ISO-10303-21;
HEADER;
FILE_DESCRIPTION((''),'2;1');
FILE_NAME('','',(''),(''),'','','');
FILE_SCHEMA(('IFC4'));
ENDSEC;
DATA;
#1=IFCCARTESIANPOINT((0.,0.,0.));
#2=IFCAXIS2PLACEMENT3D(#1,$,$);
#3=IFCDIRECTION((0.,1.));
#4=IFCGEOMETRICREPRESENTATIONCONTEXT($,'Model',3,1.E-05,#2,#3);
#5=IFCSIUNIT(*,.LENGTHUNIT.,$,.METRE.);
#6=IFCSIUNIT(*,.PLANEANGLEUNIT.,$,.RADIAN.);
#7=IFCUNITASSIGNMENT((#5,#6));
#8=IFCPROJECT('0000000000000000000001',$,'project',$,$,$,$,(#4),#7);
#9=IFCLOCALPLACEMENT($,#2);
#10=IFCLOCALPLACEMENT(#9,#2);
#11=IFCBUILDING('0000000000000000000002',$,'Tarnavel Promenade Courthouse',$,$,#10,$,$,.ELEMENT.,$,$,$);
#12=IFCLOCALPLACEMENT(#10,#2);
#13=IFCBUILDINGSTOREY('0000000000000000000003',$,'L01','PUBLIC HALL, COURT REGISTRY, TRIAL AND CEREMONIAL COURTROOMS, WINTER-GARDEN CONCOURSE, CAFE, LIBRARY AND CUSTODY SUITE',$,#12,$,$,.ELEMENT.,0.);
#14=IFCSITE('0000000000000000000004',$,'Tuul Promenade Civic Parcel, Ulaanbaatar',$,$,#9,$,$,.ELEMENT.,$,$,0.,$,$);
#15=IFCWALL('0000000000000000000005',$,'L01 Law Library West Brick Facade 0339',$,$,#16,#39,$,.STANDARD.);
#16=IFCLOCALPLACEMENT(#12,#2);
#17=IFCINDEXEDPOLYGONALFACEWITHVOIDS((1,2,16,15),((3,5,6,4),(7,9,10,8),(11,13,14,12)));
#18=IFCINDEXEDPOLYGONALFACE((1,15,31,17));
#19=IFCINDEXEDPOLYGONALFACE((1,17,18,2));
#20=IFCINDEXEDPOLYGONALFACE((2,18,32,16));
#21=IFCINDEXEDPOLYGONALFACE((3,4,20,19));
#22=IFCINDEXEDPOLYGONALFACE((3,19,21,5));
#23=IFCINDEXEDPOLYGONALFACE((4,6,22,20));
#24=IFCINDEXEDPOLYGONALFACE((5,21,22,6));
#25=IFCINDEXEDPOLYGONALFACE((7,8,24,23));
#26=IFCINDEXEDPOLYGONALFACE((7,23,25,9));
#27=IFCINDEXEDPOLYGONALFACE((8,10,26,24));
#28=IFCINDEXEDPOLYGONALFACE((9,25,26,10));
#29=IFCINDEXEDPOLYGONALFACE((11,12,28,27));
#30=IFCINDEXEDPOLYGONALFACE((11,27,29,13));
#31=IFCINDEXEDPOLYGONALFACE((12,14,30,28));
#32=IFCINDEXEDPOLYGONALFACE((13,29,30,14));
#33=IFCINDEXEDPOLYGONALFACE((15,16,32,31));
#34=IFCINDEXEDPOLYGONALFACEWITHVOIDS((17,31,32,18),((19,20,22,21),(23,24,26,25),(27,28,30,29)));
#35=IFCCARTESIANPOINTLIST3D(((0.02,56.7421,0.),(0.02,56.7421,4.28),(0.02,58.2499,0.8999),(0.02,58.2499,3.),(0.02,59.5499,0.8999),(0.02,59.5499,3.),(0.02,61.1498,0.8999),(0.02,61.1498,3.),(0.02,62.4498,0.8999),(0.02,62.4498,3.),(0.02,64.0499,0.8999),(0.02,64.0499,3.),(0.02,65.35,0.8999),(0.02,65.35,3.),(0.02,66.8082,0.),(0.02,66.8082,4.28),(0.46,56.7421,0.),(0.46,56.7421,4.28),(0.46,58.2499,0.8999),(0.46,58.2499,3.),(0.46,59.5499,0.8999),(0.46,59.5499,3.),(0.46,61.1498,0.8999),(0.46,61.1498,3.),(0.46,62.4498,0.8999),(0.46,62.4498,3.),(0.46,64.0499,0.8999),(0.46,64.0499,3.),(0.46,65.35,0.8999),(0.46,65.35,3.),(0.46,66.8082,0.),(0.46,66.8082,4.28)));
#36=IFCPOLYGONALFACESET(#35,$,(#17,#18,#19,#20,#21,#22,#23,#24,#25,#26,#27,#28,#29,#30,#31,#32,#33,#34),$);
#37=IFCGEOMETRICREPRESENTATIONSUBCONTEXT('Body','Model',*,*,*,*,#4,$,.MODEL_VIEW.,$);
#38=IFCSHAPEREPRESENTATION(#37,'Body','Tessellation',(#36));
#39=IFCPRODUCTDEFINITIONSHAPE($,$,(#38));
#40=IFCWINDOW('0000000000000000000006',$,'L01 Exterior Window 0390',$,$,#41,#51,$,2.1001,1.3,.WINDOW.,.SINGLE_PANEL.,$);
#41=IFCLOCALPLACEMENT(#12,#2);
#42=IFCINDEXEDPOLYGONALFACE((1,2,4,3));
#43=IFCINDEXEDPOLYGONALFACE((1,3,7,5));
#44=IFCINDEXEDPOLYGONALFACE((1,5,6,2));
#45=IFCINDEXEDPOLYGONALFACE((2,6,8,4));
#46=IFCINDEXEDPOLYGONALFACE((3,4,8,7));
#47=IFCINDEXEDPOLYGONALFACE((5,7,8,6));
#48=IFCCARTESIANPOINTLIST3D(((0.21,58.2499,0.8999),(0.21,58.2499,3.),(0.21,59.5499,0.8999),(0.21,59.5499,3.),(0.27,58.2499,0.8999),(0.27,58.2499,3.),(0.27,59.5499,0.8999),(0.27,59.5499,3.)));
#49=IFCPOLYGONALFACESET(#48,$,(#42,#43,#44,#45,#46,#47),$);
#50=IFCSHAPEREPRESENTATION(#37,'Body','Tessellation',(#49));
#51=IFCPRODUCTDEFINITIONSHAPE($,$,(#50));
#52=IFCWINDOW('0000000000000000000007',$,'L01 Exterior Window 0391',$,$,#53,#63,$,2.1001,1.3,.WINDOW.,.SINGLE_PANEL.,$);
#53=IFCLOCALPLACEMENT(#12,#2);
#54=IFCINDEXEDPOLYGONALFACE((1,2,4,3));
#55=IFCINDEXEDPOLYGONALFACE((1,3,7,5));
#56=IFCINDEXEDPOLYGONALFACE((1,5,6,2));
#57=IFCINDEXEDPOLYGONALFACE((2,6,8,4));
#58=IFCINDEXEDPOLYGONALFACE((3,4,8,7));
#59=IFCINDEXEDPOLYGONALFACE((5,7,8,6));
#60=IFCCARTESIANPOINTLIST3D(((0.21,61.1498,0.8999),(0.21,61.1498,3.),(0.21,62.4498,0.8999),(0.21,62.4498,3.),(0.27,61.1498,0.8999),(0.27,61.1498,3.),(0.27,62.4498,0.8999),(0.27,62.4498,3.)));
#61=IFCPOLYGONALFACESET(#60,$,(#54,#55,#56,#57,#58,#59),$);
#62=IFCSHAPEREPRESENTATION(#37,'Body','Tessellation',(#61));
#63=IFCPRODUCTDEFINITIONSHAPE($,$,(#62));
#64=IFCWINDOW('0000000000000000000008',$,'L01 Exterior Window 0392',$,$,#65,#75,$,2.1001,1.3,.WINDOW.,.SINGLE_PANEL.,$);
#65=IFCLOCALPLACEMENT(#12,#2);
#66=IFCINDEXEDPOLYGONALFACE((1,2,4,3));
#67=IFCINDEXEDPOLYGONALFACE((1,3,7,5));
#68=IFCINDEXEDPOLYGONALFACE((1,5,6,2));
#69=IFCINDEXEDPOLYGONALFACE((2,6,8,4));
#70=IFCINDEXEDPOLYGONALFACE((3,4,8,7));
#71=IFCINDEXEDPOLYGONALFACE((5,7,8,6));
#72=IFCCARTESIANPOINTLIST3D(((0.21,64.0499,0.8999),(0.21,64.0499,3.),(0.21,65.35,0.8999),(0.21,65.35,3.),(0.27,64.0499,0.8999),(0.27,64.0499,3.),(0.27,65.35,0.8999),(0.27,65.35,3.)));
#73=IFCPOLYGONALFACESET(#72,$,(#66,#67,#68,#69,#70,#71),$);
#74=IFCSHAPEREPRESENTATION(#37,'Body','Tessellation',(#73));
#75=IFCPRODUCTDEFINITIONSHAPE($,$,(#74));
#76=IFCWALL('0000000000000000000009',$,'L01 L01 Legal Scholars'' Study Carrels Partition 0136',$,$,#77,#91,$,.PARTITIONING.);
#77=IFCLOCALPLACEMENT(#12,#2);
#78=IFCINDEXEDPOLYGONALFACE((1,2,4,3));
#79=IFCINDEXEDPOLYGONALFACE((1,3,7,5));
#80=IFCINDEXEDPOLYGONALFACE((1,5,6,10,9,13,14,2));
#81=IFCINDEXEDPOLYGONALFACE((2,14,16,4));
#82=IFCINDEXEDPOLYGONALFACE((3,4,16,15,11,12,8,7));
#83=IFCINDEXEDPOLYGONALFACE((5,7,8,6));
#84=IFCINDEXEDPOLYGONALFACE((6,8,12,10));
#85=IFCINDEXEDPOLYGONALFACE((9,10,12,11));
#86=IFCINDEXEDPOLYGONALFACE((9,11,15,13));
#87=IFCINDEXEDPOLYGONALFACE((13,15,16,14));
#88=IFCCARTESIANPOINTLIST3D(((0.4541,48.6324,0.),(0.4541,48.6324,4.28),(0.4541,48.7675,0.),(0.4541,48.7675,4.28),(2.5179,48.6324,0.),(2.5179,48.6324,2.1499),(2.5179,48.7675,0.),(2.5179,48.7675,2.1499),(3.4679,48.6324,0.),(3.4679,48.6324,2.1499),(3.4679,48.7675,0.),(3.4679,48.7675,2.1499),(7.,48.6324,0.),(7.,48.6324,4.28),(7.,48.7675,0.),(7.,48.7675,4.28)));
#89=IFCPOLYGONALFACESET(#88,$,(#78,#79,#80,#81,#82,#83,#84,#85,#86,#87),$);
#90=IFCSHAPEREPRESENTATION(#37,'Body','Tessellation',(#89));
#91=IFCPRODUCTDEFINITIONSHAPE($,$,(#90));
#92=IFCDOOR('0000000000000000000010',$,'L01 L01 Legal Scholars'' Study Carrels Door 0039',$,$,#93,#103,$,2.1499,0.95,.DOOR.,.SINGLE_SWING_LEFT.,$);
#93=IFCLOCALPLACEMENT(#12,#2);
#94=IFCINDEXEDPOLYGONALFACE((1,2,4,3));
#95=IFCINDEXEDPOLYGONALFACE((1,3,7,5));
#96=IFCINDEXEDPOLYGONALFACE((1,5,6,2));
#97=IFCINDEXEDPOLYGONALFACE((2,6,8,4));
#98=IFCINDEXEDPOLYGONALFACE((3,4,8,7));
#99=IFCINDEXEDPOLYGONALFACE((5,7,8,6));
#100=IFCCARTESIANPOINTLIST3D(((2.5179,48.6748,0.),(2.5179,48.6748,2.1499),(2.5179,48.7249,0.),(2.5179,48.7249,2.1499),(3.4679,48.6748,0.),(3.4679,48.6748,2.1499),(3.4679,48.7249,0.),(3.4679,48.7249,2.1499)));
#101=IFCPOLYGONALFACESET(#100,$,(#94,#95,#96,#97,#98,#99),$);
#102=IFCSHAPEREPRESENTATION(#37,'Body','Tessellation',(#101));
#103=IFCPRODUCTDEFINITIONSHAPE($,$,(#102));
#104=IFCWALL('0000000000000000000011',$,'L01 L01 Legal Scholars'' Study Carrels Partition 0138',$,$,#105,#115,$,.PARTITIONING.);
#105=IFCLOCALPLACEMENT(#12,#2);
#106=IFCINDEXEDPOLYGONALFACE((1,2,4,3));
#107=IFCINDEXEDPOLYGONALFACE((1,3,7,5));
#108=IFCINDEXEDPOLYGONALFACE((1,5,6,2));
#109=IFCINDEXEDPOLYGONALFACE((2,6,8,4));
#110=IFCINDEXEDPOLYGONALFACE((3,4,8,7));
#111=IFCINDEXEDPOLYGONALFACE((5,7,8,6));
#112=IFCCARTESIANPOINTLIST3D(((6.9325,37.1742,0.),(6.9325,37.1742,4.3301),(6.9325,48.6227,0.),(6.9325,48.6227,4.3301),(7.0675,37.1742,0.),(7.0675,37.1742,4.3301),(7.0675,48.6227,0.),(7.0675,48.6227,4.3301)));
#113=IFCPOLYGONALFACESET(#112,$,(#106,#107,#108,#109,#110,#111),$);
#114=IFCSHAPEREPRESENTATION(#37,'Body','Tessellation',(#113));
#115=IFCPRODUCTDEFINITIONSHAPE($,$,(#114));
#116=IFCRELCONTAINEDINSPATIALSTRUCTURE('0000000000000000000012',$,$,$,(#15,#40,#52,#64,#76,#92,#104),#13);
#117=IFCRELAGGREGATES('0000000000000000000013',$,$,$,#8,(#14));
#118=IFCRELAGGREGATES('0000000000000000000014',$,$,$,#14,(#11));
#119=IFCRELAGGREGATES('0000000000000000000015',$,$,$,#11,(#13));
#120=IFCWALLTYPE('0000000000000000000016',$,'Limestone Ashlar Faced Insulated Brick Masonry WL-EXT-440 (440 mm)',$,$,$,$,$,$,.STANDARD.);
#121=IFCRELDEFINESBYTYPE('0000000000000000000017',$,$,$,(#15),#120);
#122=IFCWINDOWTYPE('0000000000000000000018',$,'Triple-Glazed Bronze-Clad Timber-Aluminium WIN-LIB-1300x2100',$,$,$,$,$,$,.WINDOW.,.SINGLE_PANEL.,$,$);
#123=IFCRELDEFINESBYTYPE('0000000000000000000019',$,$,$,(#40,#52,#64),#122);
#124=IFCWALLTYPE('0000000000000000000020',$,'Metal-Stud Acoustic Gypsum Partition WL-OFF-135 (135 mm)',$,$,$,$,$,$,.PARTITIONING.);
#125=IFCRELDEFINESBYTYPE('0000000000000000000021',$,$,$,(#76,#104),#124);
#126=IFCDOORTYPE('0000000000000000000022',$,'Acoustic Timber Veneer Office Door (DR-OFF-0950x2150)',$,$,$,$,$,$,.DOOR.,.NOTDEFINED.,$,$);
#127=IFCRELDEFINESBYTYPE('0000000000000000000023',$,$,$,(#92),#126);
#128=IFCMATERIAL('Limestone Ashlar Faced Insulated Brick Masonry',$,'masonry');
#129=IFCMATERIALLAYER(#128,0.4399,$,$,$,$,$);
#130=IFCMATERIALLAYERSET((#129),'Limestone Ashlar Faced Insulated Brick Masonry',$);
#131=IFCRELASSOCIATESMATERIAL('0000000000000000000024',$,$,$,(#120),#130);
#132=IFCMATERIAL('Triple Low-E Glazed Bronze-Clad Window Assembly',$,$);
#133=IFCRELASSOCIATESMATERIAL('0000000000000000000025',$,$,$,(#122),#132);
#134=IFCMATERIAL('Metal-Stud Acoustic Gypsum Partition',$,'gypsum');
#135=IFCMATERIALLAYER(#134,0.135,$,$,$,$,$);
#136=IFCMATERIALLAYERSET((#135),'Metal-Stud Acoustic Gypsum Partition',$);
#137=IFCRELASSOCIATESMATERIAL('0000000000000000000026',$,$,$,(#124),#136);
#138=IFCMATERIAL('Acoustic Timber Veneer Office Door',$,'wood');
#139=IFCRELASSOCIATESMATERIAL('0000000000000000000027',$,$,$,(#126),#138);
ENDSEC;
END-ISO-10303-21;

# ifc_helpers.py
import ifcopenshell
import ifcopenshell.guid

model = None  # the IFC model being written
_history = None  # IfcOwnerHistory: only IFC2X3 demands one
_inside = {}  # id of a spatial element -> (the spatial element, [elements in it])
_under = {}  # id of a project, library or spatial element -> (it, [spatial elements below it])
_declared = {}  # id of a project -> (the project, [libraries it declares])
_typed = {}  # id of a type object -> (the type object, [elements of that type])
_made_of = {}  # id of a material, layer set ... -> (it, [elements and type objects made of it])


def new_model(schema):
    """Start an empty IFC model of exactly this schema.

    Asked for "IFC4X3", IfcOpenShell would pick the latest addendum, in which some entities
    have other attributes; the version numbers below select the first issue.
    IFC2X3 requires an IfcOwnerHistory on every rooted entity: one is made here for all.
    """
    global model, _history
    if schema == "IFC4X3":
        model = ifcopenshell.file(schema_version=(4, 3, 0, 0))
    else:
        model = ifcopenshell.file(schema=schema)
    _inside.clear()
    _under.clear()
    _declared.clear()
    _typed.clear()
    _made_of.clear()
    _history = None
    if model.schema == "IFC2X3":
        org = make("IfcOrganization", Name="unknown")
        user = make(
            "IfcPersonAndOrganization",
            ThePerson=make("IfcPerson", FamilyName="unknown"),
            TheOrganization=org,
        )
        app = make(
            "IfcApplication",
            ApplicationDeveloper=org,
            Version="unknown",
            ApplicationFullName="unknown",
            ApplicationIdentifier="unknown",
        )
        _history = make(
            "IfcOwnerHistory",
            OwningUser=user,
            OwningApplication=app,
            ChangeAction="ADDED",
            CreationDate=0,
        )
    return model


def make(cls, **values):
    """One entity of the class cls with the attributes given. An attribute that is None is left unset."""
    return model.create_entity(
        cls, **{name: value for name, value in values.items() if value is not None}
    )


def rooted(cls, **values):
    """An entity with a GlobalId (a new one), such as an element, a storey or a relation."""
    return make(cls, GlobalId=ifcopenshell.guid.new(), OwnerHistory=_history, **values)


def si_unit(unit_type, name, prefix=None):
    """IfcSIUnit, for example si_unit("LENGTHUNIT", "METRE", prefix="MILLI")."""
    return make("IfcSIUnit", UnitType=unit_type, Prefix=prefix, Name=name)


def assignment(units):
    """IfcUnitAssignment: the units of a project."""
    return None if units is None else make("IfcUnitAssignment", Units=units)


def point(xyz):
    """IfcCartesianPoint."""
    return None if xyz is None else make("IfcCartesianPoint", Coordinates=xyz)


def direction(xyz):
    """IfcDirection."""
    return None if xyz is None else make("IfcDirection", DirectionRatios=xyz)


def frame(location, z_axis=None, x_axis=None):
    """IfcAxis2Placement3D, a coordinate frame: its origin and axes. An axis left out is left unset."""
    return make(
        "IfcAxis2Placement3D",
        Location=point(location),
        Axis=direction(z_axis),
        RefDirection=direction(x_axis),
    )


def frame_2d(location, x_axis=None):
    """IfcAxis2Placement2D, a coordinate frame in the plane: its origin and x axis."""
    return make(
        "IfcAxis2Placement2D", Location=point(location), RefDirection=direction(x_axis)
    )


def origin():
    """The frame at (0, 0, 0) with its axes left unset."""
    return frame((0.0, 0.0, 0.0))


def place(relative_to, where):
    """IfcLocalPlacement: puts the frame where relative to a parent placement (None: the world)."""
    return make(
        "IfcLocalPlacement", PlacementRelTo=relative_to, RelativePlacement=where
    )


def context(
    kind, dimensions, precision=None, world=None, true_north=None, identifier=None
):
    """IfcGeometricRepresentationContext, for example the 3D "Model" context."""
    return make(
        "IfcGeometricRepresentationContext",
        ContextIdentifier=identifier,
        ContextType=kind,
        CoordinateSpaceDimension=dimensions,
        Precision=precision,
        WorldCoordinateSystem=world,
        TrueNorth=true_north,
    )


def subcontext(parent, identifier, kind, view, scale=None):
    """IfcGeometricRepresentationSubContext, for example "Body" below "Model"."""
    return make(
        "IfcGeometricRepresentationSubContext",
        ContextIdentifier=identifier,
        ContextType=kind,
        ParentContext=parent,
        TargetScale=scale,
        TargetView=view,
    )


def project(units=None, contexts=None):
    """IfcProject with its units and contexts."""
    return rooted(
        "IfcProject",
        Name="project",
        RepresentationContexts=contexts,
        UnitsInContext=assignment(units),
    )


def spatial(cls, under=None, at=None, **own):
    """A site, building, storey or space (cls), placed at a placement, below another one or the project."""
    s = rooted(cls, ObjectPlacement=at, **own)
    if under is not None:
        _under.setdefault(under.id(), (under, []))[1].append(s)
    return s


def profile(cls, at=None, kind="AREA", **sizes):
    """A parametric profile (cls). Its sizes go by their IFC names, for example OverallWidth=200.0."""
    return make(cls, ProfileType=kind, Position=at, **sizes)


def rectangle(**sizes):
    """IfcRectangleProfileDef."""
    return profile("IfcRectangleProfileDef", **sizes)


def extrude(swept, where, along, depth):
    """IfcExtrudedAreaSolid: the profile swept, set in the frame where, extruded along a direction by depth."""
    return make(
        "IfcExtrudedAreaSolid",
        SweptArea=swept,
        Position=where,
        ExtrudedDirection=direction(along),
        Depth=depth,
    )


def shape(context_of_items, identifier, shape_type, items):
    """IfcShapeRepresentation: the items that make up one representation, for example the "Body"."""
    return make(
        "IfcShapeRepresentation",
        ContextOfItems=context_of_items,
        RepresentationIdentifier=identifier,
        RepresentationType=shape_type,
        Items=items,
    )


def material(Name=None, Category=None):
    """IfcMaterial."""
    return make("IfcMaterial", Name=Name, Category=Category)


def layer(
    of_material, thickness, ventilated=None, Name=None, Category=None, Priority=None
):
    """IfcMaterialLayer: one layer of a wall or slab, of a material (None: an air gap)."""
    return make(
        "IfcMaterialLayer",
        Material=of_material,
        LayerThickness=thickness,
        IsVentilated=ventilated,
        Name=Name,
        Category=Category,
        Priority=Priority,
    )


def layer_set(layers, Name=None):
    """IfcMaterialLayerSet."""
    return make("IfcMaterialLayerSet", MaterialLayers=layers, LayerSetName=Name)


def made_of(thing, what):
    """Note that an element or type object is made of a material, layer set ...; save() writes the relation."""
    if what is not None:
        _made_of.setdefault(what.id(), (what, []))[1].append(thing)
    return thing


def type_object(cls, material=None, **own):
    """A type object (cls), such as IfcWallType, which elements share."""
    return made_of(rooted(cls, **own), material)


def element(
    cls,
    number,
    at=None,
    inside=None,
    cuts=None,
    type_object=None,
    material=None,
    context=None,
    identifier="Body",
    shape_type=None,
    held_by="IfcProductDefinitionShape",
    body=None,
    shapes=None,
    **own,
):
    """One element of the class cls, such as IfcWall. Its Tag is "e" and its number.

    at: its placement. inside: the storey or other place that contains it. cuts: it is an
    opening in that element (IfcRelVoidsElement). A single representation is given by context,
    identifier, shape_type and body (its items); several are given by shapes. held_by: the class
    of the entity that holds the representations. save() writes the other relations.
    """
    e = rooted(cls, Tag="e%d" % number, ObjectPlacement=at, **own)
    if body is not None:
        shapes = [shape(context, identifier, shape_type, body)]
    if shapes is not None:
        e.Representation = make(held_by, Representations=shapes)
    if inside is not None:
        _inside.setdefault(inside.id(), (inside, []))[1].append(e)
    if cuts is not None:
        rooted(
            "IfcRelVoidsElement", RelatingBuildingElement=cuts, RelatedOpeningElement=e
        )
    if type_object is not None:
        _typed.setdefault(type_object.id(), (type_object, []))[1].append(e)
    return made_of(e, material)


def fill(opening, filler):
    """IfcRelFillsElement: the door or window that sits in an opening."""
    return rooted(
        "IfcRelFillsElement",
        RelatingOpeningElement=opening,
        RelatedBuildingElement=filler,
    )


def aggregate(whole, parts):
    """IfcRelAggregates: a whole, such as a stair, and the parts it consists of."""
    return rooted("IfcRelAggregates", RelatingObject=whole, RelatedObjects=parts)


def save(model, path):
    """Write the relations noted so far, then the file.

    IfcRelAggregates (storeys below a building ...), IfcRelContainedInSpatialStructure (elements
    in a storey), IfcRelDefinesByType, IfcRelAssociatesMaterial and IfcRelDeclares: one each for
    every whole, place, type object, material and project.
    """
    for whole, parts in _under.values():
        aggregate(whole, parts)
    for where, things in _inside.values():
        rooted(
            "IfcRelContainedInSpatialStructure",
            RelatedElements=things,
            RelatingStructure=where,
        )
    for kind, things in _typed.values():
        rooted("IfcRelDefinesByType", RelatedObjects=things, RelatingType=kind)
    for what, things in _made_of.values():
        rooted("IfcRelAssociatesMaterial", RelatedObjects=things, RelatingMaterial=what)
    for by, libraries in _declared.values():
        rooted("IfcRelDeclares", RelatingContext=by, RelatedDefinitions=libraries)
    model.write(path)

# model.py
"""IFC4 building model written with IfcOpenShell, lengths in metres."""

from ifc_helpers import new_model, si_unit, direction, frame, frame_2d, origin, place, context, subcontext, project, spatial, rectangle, extrude, material, layer, layer_set, type_object, element, fill, save


model = new_model("IFC4")

# Units and contexts
model_context = context("Model", 3, precision=1e-05, world=origin(), true_north=direction((0.0, 1.0)))
body_context = subcontext(model_context, "Body", "Model", "MODEL_VIEW")
ifc_project = project(units=[si_unit("LENGTHUNIT", "METRE"), si_unit("PLANEANGLEUNIT", "RADIAN")], contexts=[model_context])

# Site, building, storey
site_placement = place(None, origin())
site = spatial("IfcSite", under=ifc_project, at=site_placement, Name="Tuul Promenade Civic Parcel, Ulaanbaatar", CompositionType="ELEMENT", RefElevation=0.0)
building_placement = place(site_placement, origin())
building = spatial("IfcBuilding", under=site, at=building_placement, Name="Tarnavel Promenade Courthouse", CompositionType="ELEMENT")
storey_placement = place(building_placement, origin())
storey = spatial("IfcBuildingStorey", under=building, at=storey_placement, Name="L01", Description="PUBLIC HALL, COURT REGISTRY, TRIAL AND CEREMONIAL COURTROOMS, WINTER-GARDEN CONCOURSE, CAFE, LIBRARY AND CUSTODY SUITE", CompositionType="ELEMENT", Elevation=0.0)

# Shared definitions
ifc_material_1 = material(Name="Limestone Ashlar Faced Insulated Brick Masonry", Category="masonry")
ifc_layer_1 = layer(ifc_material_1, 0.4399)
ifc_layer_set_1 = layer_set([ifc_layer_1], Name="Limestone Ashlar Faced Insulated Brick Masonry")
wall_type_1 = type_object("IfcWallType", Name="Limestone Ashlar Faced Insulated Brick Masonry WL-EXT-440 (440 mm)", PredefinedType="STANDARD", material=ifc_layer_set_1)

# Wall, openings, windows
wall_1_placement = place(storey_placement, frame((0.24, 56.7419, 0.0), z_axis=(0.0, 0.0, 1.0), x_axis=(0.0, 1.0, 0.0)))
wall_1 = element("IfcWall", 1, at=wall_1_placement, inside=storey, type_object=wall_type_1, Name="L01 Law Library West Brick Facade 0339", PredefinedType="STANDARD", context=body_context, shape_type="SweptSolid", body=[
    extrude(rectangle(XDim=10.0662, YDim=0.4399, at=frame_2d((5.0332, 0.0))), origin(), (0.0, 0.0, 1.0), 4.28),
])
opening_1_placement = place(wall_1_placement, frame((1.5081, 0.0, 0.8999)))
opening_1 = element("IfcOpeningElement", 2, at=opening_1_placement, cuts=wall_1, PredefinedType="OPENING", context=body_context, shape_type="SweptSolid", body=[
    extrude(rectangle(XDim=1.3, YDim=2.1001, at=frame_2d((0.6499, 1.05))), frame((0.0, 0.23, 0.0), z_axis=(0.0, -1.0, 0.0), x_axis=(1.0, 0.0, 0.0)), (0.0, 0.0, 1.0), 0.46),
])
opening_2_placement = place(wall_1_placement, frame((4.408, 0.0, 0.8999)))
opening_2 = element("IfcOpeningElement", 3, at=opening_2_placement, cuts=wall_1, PredefinedType="OPENING", context=body_context, shape_type="SweptSolid", body=[
    extrude(rectangle(XDim=1.3, YDim=2.1001, at=frame_2d((0.6499, 1.05))), frame((0.0, 0.23, 0.0), z_axis=(0.0, -1.0, 0.0), x_axis=(1.0, 0.0, 0.0)), (0.0, 0.0, 1.0), 0.46),
])
opening_3_placement = place(wall_1_placement, frame((7.3081, 0.0, 0.8999)))
opening_3 = element("IfcOpeningElement", 4, at=opening_3_placement, cuts=wall_1, PredefinedType="OPENING", context=body_context, shape_type="SweptSolid", body=[
    extrude(rectangle(XDim=1.3, YDim=2.1001, at=frame_2d((0.6499, 1.05))), frame((0.0, 0.23, 0.0), z_axis=(0.0, -1.0, 0.0), x_axis=(1.0, 0.0, 0.0)), (0.0, 0.0, 1.0), 0.46),
])
ifc_material_2 = material(Name="Triple Low-E Glazed Bronze-Clad Window Assembly")
window_type = type_object("IfcWindowType", Name="Triple-Glazed Bronze-Clad Timber-Aluminium WIN-LIB-1300x2100", PartitioningType="SINGLE_PANEL", PredefinedType="WINDOW", material=ifc_material_2)
window_1_placement = place(opening_1_placement, origin())
window_1 = element("IfcWindow", 5, at=window_1_placement, inside=storey, type_object=window_type, Name="L01 Exterior Window 0390", OverallHeight=2.1001, OverallWidth=1.3, PartitioningType="SINGLE_PANEL", PredefinedType="WINDOW", context=body_context, shape_type="SweptSolid", body=[
    extrude(rectangle(XDim=1.3, YDim=2.1001, at=frame_2d((0.6499, 1.05))), frame((0.0, 0.03, 0.0), z_axis=(0.0, -1.0, 0.0), x_axis=(1.0, 0.0, 0.0)), (0.0, 0.0, 1.0), 0.0601),
])
fill(opening_1, window_1)
window_2_placement = place(opening_2_placement, origin())
window_2 = element("IfcWindow", 6, at=window_2_placement, inside=storey, type_object=window_type, Name="L01 Exterior Window 0391", OverallHeight=2.1001, OverallWidth=1.3, PartitioningType="SINGLE_PANEL", PredefinedType="WINDOW", context=body_context, shape_type="SweptSolid", body=[
    extrude(rectangle(XDim=1.3, YDim=2.1001, at=frame_2d((0.6499, 1.05))), frame((0.0, 0.03, 0.0), z_axis=(0.0, -1.0, 0.0), x_axis=(1.0, 0.0, 0.0)), (0.0, 0.0, 1.0), 0.0601),
])
fill(opening_2, window_2)
window_3_placement = place(opening_3_placement, origin())
window_3 = element("IfcWindow", 7, at=window_3_placement, inside=storey, type_object=window_type, Name="L01 Exterior Window 0392", OverallHeight=2.1001, OverallWidth=1.3, PartitioningType="SINGLE_PANEL", PredefinedType="WINDOW", context=body_context, shape_type="SweptSolid", body=[
    extrude(rectangle(XDim=1.3, YDim=2.1001, at=frame_2d((0.6499, 1.05))), frame((0.0, 0.03, 0.0), z_axis=(0.0, -1.0, 0.0), x_axis=(1.0, 0.0, 0.0)), (0.0, 0.0, 1.0), 0.0601),
])
fill(opening_3, window_3)

# Wall, opening, door
ifc_material_3 = material(Name="Metal-Stud Acoustic Gypsum Partition", Category="gypsum")
ifc_layer_2 = layer(ifc_material_3, 0.135)
ifc_layer_set_2 = layer_set([ifc_layer_2], Name="Metal-Stud Acoustic Gypsum Partition")
wall_type_2 = type_object("IfcWallType", Name="Metal-Stud Acoustic Gypsum Partition WL-OFF-135 (135 mm)", PredefinedType="PARTITIONING", material=ifc_layer_set_2)
wall_2_placement = place(storey_placement, frame((0.4541, 48.7, 0.0), z_axis=(0.0, 0.0, 1.0), x_axis=(1.0, 0.0, 0.0)))
wall_2 = element("IfcWall", 8, at=wall_2_placement, inside=storey, type_object=wall_type_2, Name="L01 L01 Legal Scholars' Study Carrels Partition 0136", PredefinedType="PARTITIONING", context=body_context, shape_type="SweptSolid", body=[
    extrude(rectangle(XDim=6.5459, YDim=0.135, at=frame_2d((3.2729, 0.0))), origin(), (0.0, 0.0, 1.0), 4.28),
])
opening_4_placement = place(wall_2_placement, frame((2.0637, 0.0, 0.0)))
opening_4 = element("IfcOpeningElement", 9, at=opening_4_placement, cuts=wall_2, PredefinedType="OPENING", context=body_context, shape_type="SweptSolid", body=[
    extrude(rectangle(XDim=0.95, YDim=2.1499, at=frame_2d((0.4751, 1.075))), frame((0.0, 0.0774, 0.0), z_axis=(0.0, -1.0, 0.0), x_axis=(1.0, 0.0, 0.0)), (0.0, 0.0, 1.0), 0.155),
])
ifc_material_4 = material(Name="Acoustic Timber Veneer Office Door", Category="wood")
door_type_1 = type_object("IfcDoorType", Name="Acoustic Timber Veneer Office Door (DR-OFF-0950x2150)", OperationType="NOTDEFINED", PredefinedType="DOOR", material=ifc_material_4)
door_1_placement = place(opening_4_placement, origin())
door_1 = element("IfcDoor", 10, at=door_1_placement, inside=storey, type_object=door_type_1, Name="L01 L01 Legal Scholars' Study Carrels Door 0039", OperationType="SINGLE_SWING_LEFT", OverallHeight=2.1499, OverallWidth=0.95, PredefinedType="DOOR", context=body_context, shape_type="SweptSolid", body=[
    extrude(rectangle(XDim=0.95, YDim=2.1499, at=frame_2d((0.4751, 1.075))), frame((0.0, 0.0249, 0.0), z_axis=(0.0, -1.0, 0.0), x_axis=(1.0, 0.0, 0.0)), (0.0, 0.0, 1.0), 0.05),
])
fill(opening_4, door_1)

# Wall
wall_3_placement = place(storey_placement, frame((7.0, 48.6226, 0.0), z_axis=(0.0, 0.0, 1.0), x_axis=(0.0, -1.0, 0.0)))
element("IfcWall", 11, at=wall_3_placement, inside=storey, type_object=wall_type_2, Name="L01 L01 Legal Scholars' Study Carrels Partition 0138", PredefinedType="PARTITIONING", context=body_context, shape_type="SweptSolid", body=[
    extrude(rectangle(XDim=11.4485, YDim=0.135, at=frame_2d((5.7241, 0.0))), origin(), (0.0, 0.0, 1.0), 4.3301),
])

save(model, "model.ifc")
